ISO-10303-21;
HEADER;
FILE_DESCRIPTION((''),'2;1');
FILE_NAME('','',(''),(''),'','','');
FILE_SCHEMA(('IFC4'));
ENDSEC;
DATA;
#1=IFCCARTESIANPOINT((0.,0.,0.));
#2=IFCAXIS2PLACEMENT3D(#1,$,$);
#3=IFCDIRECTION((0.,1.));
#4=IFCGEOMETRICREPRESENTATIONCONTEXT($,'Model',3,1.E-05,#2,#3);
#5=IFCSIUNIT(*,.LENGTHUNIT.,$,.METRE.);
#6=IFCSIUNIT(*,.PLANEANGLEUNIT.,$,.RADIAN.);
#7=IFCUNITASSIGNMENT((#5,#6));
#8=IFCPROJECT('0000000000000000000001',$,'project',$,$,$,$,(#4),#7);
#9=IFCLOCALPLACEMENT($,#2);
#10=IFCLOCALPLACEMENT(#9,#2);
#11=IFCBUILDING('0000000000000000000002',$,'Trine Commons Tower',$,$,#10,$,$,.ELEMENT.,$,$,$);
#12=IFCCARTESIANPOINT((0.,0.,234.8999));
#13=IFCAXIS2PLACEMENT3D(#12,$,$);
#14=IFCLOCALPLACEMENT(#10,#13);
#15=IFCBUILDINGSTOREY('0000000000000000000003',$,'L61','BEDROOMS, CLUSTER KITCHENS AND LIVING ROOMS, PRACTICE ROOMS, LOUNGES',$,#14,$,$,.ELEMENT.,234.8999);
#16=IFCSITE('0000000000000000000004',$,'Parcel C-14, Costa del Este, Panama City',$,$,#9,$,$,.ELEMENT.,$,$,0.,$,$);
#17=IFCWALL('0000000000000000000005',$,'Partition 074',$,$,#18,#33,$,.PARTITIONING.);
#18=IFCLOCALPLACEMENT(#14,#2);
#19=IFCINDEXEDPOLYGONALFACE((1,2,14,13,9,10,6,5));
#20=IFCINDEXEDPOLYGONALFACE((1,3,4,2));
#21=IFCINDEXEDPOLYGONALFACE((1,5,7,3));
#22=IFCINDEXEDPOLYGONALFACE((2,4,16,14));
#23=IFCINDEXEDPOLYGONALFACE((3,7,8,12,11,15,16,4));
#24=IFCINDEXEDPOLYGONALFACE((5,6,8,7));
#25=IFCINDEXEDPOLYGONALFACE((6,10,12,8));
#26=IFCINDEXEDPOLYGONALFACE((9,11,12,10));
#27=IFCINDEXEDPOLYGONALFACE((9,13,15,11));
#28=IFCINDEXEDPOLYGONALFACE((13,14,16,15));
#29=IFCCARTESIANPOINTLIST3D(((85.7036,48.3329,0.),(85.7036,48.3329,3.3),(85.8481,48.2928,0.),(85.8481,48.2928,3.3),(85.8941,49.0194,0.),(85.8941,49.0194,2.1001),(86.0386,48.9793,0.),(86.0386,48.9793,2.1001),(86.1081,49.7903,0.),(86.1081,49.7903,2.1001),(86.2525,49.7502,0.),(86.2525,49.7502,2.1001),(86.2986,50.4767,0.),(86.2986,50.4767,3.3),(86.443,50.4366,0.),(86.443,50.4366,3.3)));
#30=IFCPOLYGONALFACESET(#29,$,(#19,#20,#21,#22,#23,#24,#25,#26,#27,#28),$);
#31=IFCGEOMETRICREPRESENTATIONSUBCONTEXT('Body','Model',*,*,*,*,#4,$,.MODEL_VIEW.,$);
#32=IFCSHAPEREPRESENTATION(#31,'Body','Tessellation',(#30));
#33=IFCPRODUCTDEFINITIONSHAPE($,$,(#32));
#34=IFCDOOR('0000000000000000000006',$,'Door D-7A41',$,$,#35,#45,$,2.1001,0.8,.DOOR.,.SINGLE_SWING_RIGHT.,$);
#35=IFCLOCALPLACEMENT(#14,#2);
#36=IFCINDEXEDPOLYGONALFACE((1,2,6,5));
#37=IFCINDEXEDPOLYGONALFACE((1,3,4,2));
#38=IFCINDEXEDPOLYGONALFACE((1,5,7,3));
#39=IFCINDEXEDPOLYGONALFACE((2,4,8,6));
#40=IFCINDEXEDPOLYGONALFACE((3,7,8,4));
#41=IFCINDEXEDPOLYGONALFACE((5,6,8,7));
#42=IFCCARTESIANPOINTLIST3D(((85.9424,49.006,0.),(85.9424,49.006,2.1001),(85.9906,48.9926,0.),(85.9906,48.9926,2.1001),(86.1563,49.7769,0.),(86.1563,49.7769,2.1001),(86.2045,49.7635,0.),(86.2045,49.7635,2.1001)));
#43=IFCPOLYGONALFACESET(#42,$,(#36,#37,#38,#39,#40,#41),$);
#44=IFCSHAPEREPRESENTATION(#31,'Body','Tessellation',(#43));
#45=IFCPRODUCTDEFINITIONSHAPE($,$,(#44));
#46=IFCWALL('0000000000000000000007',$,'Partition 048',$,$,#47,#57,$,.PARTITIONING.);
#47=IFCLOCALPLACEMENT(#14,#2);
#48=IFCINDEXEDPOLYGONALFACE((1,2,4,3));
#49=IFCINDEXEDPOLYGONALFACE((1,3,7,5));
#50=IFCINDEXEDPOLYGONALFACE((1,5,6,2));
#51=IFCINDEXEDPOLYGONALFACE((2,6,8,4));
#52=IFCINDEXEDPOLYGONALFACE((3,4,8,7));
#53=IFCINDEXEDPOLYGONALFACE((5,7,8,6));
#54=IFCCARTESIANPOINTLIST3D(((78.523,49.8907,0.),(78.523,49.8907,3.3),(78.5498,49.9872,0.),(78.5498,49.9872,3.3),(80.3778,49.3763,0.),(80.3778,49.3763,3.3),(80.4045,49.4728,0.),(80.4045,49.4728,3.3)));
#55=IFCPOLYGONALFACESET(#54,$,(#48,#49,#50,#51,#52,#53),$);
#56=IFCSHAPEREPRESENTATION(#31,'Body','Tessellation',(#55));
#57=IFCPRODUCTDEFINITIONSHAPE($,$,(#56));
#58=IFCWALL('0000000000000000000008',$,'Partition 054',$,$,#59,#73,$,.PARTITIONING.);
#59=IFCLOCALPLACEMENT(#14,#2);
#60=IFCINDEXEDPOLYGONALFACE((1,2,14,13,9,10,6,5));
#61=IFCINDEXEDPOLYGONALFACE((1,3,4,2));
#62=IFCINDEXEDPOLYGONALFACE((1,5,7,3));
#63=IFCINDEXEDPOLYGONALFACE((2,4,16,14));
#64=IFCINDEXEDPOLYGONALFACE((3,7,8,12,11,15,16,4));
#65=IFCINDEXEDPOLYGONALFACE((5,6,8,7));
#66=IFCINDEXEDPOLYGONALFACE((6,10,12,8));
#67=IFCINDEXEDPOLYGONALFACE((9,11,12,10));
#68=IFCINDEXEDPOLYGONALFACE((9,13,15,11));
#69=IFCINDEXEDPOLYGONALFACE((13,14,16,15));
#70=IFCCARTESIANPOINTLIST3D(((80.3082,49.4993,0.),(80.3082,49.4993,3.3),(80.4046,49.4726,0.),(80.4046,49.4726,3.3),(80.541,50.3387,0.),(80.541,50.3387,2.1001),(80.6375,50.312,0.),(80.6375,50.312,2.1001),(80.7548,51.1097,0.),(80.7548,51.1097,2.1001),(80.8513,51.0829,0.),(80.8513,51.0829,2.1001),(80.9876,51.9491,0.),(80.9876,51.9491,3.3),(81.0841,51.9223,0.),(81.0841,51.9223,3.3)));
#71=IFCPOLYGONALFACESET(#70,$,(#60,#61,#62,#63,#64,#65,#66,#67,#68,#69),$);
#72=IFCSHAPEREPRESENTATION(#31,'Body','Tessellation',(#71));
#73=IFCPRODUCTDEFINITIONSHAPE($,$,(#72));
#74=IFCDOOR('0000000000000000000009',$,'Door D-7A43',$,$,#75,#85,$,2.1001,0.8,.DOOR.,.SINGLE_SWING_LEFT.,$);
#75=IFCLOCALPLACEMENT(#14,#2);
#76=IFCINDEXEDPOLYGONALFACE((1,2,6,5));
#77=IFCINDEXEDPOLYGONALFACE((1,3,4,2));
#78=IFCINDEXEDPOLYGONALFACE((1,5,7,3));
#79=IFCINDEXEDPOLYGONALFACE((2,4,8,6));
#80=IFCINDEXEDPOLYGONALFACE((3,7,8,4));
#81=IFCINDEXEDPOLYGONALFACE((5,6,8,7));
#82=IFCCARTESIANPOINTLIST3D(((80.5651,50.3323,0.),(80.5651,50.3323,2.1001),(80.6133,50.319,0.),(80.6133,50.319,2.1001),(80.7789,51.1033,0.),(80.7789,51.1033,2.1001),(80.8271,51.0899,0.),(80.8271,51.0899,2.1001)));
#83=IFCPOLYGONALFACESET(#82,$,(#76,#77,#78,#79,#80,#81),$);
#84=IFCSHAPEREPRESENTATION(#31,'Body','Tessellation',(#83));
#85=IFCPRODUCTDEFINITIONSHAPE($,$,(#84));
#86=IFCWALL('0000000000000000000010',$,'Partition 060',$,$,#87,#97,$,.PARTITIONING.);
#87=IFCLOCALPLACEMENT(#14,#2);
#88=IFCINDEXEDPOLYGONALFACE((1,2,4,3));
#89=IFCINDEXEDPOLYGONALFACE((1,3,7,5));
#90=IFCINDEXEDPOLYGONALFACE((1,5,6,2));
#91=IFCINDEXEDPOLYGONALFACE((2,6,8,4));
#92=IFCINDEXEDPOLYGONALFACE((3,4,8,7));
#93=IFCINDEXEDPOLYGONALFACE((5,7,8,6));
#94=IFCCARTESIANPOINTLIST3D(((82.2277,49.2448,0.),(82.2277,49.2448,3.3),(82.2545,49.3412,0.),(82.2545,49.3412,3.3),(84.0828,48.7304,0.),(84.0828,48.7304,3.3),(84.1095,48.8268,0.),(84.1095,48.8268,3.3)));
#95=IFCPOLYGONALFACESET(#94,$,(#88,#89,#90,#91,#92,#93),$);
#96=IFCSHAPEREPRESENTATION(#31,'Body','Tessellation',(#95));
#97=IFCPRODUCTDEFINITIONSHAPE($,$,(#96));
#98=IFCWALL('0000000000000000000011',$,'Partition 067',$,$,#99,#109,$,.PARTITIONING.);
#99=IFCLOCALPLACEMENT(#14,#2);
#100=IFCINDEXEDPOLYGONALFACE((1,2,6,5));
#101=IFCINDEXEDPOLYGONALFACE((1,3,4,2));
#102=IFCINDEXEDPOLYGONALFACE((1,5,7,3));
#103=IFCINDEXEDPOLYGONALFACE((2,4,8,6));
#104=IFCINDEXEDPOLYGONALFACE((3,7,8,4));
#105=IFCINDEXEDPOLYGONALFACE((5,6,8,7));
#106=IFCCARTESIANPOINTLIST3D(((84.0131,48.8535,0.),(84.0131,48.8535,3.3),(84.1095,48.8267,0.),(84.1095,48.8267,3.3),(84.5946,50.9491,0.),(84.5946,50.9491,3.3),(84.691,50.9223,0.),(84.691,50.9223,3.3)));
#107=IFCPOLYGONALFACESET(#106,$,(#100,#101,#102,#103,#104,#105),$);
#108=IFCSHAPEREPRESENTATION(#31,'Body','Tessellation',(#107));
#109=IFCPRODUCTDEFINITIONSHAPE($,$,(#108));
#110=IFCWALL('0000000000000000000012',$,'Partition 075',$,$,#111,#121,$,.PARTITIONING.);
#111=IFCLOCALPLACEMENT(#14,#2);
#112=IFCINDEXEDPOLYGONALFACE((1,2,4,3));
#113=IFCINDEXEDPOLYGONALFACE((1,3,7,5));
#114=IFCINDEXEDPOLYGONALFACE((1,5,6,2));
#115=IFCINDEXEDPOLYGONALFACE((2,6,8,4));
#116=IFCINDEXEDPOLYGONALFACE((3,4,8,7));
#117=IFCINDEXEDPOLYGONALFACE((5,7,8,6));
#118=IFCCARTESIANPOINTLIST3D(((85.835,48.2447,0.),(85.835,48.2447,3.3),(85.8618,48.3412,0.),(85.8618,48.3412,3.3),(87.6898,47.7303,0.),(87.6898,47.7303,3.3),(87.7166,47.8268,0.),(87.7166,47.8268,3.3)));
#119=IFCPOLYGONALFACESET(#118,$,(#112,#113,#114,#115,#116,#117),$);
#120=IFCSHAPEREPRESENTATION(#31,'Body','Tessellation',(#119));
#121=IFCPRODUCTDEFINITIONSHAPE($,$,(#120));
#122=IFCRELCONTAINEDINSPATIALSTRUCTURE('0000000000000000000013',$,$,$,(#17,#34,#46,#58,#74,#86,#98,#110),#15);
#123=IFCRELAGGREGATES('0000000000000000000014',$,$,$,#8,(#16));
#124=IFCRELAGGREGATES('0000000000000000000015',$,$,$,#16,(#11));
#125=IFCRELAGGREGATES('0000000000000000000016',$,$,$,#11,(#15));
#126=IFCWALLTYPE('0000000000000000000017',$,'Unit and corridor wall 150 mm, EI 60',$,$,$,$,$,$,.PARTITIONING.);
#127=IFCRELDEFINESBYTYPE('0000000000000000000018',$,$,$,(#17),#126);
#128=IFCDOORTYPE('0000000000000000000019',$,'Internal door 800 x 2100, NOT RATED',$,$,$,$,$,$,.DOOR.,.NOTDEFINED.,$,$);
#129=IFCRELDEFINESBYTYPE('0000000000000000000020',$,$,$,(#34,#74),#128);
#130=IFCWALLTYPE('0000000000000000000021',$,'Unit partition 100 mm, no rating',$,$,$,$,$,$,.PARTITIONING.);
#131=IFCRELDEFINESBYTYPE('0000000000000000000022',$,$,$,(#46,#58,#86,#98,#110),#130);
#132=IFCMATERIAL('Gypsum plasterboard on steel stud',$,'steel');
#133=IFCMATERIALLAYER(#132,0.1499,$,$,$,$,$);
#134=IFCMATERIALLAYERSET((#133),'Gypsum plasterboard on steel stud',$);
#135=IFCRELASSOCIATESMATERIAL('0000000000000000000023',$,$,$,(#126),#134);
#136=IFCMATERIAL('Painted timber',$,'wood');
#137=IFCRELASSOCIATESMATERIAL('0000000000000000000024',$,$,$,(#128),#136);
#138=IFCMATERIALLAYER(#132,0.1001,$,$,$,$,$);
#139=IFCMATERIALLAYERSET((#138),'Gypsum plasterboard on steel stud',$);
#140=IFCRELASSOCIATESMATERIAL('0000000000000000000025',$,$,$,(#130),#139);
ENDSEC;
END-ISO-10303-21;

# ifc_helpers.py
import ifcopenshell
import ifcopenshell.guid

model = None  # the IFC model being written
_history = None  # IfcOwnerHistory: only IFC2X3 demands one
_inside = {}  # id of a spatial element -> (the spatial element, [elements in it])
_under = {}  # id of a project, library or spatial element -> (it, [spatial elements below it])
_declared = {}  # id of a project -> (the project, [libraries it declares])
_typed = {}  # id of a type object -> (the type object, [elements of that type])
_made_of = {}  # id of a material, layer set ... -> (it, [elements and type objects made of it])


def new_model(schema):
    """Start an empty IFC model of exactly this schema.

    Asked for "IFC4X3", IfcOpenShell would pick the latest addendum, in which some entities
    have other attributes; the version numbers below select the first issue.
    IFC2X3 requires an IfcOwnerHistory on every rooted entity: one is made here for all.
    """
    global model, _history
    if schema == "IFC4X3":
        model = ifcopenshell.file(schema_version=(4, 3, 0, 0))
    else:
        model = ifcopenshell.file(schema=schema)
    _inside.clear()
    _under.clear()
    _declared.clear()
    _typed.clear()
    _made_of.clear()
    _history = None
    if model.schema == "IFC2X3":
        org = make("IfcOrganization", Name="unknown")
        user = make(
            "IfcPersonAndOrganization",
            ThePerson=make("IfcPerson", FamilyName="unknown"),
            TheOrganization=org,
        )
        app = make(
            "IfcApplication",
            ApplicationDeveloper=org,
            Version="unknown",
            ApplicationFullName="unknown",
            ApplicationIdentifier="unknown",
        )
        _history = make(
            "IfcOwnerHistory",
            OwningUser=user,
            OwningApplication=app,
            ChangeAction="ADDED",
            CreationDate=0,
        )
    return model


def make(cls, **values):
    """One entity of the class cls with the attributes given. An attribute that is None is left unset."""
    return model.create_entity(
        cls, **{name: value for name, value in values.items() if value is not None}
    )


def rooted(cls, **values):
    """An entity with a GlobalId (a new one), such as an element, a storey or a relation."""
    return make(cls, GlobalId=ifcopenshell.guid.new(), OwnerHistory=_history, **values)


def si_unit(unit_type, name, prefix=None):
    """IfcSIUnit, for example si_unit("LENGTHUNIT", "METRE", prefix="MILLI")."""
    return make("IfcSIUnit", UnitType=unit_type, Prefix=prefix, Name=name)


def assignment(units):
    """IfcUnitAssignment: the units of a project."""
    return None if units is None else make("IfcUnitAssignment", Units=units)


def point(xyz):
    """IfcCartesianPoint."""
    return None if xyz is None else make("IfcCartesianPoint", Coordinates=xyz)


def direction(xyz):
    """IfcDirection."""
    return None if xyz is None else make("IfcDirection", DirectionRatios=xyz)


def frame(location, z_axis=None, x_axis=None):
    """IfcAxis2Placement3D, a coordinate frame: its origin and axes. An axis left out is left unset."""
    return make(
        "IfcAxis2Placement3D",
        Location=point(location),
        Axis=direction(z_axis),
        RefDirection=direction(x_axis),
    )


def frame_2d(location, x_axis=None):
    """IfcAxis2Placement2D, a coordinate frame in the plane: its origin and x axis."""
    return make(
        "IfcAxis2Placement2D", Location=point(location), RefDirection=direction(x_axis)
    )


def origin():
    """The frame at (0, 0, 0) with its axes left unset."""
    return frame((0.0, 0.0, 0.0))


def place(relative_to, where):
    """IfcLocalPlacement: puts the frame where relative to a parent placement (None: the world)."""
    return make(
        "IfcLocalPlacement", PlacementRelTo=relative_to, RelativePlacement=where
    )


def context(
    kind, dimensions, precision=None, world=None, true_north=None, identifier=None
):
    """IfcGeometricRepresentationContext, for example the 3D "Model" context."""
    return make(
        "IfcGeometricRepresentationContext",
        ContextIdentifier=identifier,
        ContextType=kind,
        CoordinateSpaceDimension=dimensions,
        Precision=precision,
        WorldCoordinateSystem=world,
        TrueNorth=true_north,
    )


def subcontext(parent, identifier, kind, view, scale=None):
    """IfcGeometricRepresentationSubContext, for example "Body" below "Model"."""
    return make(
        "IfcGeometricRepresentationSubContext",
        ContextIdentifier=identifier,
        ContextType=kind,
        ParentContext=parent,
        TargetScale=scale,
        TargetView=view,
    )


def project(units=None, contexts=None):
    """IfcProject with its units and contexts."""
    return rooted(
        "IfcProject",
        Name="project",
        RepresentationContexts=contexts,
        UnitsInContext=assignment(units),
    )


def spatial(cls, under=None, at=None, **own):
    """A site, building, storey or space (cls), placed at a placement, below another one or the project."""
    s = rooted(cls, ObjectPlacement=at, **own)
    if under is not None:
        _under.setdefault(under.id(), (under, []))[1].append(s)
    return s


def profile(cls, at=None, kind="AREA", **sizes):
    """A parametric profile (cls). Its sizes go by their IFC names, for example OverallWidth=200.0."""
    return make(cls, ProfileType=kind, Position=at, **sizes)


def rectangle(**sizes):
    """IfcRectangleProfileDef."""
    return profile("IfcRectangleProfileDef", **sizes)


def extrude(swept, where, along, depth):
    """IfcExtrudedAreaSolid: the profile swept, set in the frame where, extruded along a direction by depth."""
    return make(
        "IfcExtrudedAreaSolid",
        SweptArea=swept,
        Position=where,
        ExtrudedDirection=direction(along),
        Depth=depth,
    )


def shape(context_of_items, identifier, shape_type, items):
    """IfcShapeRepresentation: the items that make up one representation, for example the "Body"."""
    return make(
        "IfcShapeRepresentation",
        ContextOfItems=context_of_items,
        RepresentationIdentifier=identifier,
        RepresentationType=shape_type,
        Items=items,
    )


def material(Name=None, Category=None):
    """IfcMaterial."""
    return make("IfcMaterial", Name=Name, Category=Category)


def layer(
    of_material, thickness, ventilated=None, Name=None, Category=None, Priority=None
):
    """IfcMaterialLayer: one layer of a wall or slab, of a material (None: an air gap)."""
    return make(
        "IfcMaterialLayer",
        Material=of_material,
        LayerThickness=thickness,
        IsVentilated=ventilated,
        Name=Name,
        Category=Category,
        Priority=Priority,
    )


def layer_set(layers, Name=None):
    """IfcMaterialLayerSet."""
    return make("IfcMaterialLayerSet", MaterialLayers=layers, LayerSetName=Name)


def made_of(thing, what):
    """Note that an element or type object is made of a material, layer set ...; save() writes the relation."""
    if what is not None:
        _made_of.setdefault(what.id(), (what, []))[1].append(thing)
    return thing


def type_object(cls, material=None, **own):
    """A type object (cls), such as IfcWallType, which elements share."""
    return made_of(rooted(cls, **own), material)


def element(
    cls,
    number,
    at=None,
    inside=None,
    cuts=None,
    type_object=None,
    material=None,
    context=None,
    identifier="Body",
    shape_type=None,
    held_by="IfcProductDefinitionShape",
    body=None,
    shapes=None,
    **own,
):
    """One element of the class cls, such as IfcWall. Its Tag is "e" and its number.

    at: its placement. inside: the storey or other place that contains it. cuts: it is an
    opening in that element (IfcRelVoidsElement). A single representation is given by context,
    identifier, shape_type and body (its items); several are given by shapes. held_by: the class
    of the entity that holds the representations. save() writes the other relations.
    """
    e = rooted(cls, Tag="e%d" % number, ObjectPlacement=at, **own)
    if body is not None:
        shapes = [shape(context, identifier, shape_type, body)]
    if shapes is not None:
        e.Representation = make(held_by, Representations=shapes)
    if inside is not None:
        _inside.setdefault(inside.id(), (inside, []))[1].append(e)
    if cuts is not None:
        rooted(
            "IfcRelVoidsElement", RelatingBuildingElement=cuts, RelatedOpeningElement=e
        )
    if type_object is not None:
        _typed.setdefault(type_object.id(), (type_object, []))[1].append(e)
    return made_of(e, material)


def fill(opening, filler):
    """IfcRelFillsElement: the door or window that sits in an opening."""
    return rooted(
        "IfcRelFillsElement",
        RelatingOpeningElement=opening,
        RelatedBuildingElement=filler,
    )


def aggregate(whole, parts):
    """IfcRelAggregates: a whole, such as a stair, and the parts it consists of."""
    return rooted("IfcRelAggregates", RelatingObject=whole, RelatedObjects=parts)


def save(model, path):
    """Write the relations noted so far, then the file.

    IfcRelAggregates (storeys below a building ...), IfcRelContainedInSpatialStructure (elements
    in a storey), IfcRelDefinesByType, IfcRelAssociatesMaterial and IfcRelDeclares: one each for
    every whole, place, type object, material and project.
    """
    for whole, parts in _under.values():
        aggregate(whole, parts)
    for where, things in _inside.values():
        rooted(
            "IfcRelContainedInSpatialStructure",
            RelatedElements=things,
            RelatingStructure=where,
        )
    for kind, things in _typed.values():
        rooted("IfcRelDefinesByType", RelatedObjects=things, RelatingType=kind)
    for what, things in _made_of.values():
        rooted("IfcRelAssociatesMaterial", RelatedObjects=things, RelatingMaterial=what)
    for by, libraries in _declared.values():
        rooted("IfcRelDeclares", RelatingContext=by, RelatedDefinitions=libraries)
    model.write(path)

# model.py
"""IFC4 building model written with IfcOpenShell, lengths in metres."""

from ifc_helpers import new_model, si_unit, direction, frame, frame_2d, origin, place, context, subcontext, project, spatial, rectangle, extrude, material, layer, layer_set, type_object, element, fill, save


model = new_model("IFC4")

# Units and contexts
model_context = context("Model", 3, precision=1e-05, world=origin(), true_north=direction((0.0, 1.0)))
body_context = subcontext(model_context, "Body", "Model", "MODEL_VIEW")
ifc_project = project(units=[si_unit("LENGTHUNIT", "METRE"), si_unit("PLANEANGLEUNIT", "RADIAN")], contexts=[model_context])

# Site, building, storey
site_placement = place(None, origin())
site = spatial("IfcSite", under=ifc_project, at=site_placement, Name="Parcel C-14, Costa del Este, Panama City", CompositionType="ELEMENT", RefElevation=0.0)
building_placement = place(site_placement, origin())
building = spatial("IfcBuilding", under=site, at=building_placement, Name="Trine Commons Tower", CompositionType="ELEMENT")
storey_placement = place(building_placement, frame((0.0, 0.0, 234.8999)))
storey = spatial("IfcBuildingStorey", under=building, at=storey_placement, Name="L61", Description="BEDROOMS, CLUSTER KITCHENS AND LIVING ROOMS, PRACTICE ROOMS, LOUNGES", CompositionType="ELEMENT", Elevation=234.8999)

# Shared definitions
ifc_material_1 = material(Name="Gypsum plasterboard on steel stud", Category="steel")
ifc_layer_1 = layer(ifc_material_1, 0.1499)
ifc_layer_set_1 = layer_set([ifc_layer_1], Name="Gypsum plasterboard on steel stud")
wall_type_1 = type_object("IfcWallType", Name="Unit and corridor wall 150 mm, EI 60", PredefinedType="PARTITIONING", material=ifc_layer_set_1)

# Shared definitions
ifc_material_2 = material(Name="Painted timber", Category="wood")
door_type_1 = type_object("IfcDoorType", Name="Internal door 800 x 2100, NOT RATED", OperationType="NOTDEFINED", PredefinedType="DOOR", material=ifc_material_2)

# Wall, opening, door
wall_1_placement = place(storey_placement, frame((85.7759, 48.313, 0.0), z_axis=(0.0, 0.0, 1.0), x_axis=(0.267423, 0.963579, 0.0)))
wall_1 = element("IfcWall", 1, at=wall_1_placement, inside=storey, type_object=wall_type_1, Name="Partition 074", PredefinedType="PARTITIONING", context=body_context, shape_type="SweptSolid", body=[
    extrude(rectangle(XDim=2.2249, YDim=0.1499, at=frame_2d((1.1123, 0.0))), origin(), (0.0, 0.0, 1.0), 3.3),
])
opening_1_placement = place(wall_1_placement, frame((0.7124, 0.0, 0.0)))
opening_1 = element("IfcOpeningElement", 2, at=opening_1_placement, cuts=wall_1, PredefinedType="OPENING", context=body_context, shape_type="SweptSolid", body=[
    extrude(rectangle(XDim=0.8, YDim=2.1001, at=frame_2d((0.3999, 1.05))), frame((0.0, 0.085, 0.0), z_axis=(0.0, -1.0, 0.0), x_axis=(1.0, 0.0, 0.0)), (0.0, 0.0, 1.0), 0.1699),
])
door_1_placement = place(opening_1_placement, origin())
door_1 = element("IfcDoor", 3, at=door_1_placement, inside=storey, type_object=door_type_1, Name="Door D-7A41", OperationType="SINGLE_SWING_RIGHT", OverallHeight=2.1001, OverallWidth=0.8, PredefinedType="DOOR", context=body_context, shape_type="SweptSolid", body=[
    extrude(rectangle(XDim=0.8, YDim=2.1001, at=frame_2d((0.3999, 1.05))), frame((0.0, 0.0249, 0.0), z_axis=(0.0, -1.0, 0.0), x_axis=(1.0, 0.0, 0.0)), (0.0, 0.0, 1.0), 0.05),
])
fill(opening_1, door_1)

# Wall
ifc_layer_2 = layer(ifc_material_1, 0.1001)
ifc_layer_set_2 = layer_set([ifc_layer_2], Name="Gypsum plasterboard on steel stud")
wall_type_2 = type_object("IfcWallType", Name="Unit partition 100 mm, no rating", PredefinedType="PARTITIONING", material=ifc_layer_set_2)
wall_2_placement = place(storey_placement, frame((78.5364, 49.939, 0.0), z_axis=(0.0, 0.0, 1.0), x_axis=(0.963625, -0.267258, 0.0)))
element("IfcWall", 4, at=wall_2_placement, inside=storey, type_object=wall_type_2, Name="Partition 048", PredefinedType="PARTITIONING", context=body_context, shape_type="SweptSolid", body=[
    extrude(rectangle(XDim=1.9248, YDim=0.1001, at=frame_2d((0.9624, 0.0))), origin(), (0.0, 0.0, 1.0), 3.3),
])

# Wall, opening, door
wall_3_placement = place(storey_placement, frame((80.3564, 49.4861, 0.0), z_axis=(0.0, 0.0, 1.0), x_axis=(0.267267, 0.963622, 0.0)))
wall_3 = element("IfcWall", 5, at=wall_3_placement, inside=storey, type_object=wall_type_2, Name="Partition 054", PredefinedType="PARTITIONING", context=body_context, shape_type="SweptSolid", body=[
    extrude(rectangle(XDim=2.5422, YDim=0.1001, at=frame_2d((1.271, 0.0))), origin(), (0.0, 0.0, 1.0), 3.3),
])
opening_2_placement = place(wall_3_placement, frame((0.8711, 0.0, 0.0)))
opening_2 = element("IfcOpeningElement", 6, at=opening_2_placement, cuts=wall_3, PredefinedType="OPENING", context=body_context, shape_type="SweptSolid", body=[
    extrude(rectangle(XDim=0.8, YDim=2.1001, at=frame_2d((0.3999, 1.05))), frame((0.0, 0.0601, 0.0), z_axis=(0.0, -1.0, 0.0), x_axis=(1.0, 0.0, 0.0)), (0.0, 0.0, 1.0), 0.1201),
])
door_2_placement = place(opening_2_placement, frame((0.8, 0.0, 0.0), z_axis=(0.0, 0.0, 1.0), x_axis=(-1.0, 0.0, 0.0)))
door_2 = element("IfcDoor", 7, at=door_2_placement, inside=storey, type_object=door_type_1, Name="Door D-7A43", OperationType="SINGLE_SWING_LEFT", OverallHeight=2.1001, OverallWidth=0.8, PredefinedType="DOOR", context=body_context, shape_type="SweptSolid", body=[
    extrude(rectangle(XDim=0.8, YDim=2.1001, at=frame_2d((0.3999, 1.05))), frame((0.0, 0.0249, 0.0), z_axis=(0.0, -1.0, 0.0), x_axis=(1.0, 0.0, 0.0)), (0.0, 0.0, 1.0), 0.05),
])
fill(opening_2, door_2)

# Walls
wall_4_placement = place(storey_placement, frame((82.2412, 49.293, 0.0), z_axis=(0.0, 0.0, 1.0), x_axis=(0.963634, -0.267225, 0.0)))
element("IfcWall", 8, at=wall_4_placement, inside=storey, type_object=wall_type_2, Name="Partition 060", PredefinedType="PARTITIONING", context=body_context, shape_type="SweptSolid", body=[
    extrude(rectangle(XDim=1.925, YDim=0.1001, at=frame_2d((0.9624, 0.0))), origin(), (0.0, 0.0, 1.0), 3.3),
])
wall_5_placement = place(storey_placement, frame((84.0613, 48.8401, 0.0), z_axis=(0.0, 0.0, 1.0), x_axis=(0.267389, 0.963589, 0.0)))
element("IfcWall", 9, at=wall_5_placement, inside=storey, type_object=wall_type_2, Name="Partition 067", PredefinedType="PARTITIONING", context=body_context, shape_type="SweptSolid", body=[
    extrude(rectangle(XDim=2.1748, YDim=0.1001, at=frame_2d((1.0874, 0.0))), origin(), (0.0, 0.0, 1.0), 3.3),
])
wall_6_placement = place(storey_placement, frame((85.8484, 48.293, 0.0), z_axis=(0.0, 0.0, 1.0), x_axis=(0.963625, -0.267258, 0.0)))
element("IfcWall", 10, at=wall_6_placement, inside=storey, type_object=wall_type_2, Name="Partition 075", PredefinedType="PARTITIONING", context=body_context, shape_type="SweptSolid", body=[
    extrude(rectangle(XDim=1.9248, YDim=0.1001, at=frame_2d((0.9624, 0.0))), origin(), (0.0, 0.0, 1.0), 3.3),
])

save(model, "model.ifc")
